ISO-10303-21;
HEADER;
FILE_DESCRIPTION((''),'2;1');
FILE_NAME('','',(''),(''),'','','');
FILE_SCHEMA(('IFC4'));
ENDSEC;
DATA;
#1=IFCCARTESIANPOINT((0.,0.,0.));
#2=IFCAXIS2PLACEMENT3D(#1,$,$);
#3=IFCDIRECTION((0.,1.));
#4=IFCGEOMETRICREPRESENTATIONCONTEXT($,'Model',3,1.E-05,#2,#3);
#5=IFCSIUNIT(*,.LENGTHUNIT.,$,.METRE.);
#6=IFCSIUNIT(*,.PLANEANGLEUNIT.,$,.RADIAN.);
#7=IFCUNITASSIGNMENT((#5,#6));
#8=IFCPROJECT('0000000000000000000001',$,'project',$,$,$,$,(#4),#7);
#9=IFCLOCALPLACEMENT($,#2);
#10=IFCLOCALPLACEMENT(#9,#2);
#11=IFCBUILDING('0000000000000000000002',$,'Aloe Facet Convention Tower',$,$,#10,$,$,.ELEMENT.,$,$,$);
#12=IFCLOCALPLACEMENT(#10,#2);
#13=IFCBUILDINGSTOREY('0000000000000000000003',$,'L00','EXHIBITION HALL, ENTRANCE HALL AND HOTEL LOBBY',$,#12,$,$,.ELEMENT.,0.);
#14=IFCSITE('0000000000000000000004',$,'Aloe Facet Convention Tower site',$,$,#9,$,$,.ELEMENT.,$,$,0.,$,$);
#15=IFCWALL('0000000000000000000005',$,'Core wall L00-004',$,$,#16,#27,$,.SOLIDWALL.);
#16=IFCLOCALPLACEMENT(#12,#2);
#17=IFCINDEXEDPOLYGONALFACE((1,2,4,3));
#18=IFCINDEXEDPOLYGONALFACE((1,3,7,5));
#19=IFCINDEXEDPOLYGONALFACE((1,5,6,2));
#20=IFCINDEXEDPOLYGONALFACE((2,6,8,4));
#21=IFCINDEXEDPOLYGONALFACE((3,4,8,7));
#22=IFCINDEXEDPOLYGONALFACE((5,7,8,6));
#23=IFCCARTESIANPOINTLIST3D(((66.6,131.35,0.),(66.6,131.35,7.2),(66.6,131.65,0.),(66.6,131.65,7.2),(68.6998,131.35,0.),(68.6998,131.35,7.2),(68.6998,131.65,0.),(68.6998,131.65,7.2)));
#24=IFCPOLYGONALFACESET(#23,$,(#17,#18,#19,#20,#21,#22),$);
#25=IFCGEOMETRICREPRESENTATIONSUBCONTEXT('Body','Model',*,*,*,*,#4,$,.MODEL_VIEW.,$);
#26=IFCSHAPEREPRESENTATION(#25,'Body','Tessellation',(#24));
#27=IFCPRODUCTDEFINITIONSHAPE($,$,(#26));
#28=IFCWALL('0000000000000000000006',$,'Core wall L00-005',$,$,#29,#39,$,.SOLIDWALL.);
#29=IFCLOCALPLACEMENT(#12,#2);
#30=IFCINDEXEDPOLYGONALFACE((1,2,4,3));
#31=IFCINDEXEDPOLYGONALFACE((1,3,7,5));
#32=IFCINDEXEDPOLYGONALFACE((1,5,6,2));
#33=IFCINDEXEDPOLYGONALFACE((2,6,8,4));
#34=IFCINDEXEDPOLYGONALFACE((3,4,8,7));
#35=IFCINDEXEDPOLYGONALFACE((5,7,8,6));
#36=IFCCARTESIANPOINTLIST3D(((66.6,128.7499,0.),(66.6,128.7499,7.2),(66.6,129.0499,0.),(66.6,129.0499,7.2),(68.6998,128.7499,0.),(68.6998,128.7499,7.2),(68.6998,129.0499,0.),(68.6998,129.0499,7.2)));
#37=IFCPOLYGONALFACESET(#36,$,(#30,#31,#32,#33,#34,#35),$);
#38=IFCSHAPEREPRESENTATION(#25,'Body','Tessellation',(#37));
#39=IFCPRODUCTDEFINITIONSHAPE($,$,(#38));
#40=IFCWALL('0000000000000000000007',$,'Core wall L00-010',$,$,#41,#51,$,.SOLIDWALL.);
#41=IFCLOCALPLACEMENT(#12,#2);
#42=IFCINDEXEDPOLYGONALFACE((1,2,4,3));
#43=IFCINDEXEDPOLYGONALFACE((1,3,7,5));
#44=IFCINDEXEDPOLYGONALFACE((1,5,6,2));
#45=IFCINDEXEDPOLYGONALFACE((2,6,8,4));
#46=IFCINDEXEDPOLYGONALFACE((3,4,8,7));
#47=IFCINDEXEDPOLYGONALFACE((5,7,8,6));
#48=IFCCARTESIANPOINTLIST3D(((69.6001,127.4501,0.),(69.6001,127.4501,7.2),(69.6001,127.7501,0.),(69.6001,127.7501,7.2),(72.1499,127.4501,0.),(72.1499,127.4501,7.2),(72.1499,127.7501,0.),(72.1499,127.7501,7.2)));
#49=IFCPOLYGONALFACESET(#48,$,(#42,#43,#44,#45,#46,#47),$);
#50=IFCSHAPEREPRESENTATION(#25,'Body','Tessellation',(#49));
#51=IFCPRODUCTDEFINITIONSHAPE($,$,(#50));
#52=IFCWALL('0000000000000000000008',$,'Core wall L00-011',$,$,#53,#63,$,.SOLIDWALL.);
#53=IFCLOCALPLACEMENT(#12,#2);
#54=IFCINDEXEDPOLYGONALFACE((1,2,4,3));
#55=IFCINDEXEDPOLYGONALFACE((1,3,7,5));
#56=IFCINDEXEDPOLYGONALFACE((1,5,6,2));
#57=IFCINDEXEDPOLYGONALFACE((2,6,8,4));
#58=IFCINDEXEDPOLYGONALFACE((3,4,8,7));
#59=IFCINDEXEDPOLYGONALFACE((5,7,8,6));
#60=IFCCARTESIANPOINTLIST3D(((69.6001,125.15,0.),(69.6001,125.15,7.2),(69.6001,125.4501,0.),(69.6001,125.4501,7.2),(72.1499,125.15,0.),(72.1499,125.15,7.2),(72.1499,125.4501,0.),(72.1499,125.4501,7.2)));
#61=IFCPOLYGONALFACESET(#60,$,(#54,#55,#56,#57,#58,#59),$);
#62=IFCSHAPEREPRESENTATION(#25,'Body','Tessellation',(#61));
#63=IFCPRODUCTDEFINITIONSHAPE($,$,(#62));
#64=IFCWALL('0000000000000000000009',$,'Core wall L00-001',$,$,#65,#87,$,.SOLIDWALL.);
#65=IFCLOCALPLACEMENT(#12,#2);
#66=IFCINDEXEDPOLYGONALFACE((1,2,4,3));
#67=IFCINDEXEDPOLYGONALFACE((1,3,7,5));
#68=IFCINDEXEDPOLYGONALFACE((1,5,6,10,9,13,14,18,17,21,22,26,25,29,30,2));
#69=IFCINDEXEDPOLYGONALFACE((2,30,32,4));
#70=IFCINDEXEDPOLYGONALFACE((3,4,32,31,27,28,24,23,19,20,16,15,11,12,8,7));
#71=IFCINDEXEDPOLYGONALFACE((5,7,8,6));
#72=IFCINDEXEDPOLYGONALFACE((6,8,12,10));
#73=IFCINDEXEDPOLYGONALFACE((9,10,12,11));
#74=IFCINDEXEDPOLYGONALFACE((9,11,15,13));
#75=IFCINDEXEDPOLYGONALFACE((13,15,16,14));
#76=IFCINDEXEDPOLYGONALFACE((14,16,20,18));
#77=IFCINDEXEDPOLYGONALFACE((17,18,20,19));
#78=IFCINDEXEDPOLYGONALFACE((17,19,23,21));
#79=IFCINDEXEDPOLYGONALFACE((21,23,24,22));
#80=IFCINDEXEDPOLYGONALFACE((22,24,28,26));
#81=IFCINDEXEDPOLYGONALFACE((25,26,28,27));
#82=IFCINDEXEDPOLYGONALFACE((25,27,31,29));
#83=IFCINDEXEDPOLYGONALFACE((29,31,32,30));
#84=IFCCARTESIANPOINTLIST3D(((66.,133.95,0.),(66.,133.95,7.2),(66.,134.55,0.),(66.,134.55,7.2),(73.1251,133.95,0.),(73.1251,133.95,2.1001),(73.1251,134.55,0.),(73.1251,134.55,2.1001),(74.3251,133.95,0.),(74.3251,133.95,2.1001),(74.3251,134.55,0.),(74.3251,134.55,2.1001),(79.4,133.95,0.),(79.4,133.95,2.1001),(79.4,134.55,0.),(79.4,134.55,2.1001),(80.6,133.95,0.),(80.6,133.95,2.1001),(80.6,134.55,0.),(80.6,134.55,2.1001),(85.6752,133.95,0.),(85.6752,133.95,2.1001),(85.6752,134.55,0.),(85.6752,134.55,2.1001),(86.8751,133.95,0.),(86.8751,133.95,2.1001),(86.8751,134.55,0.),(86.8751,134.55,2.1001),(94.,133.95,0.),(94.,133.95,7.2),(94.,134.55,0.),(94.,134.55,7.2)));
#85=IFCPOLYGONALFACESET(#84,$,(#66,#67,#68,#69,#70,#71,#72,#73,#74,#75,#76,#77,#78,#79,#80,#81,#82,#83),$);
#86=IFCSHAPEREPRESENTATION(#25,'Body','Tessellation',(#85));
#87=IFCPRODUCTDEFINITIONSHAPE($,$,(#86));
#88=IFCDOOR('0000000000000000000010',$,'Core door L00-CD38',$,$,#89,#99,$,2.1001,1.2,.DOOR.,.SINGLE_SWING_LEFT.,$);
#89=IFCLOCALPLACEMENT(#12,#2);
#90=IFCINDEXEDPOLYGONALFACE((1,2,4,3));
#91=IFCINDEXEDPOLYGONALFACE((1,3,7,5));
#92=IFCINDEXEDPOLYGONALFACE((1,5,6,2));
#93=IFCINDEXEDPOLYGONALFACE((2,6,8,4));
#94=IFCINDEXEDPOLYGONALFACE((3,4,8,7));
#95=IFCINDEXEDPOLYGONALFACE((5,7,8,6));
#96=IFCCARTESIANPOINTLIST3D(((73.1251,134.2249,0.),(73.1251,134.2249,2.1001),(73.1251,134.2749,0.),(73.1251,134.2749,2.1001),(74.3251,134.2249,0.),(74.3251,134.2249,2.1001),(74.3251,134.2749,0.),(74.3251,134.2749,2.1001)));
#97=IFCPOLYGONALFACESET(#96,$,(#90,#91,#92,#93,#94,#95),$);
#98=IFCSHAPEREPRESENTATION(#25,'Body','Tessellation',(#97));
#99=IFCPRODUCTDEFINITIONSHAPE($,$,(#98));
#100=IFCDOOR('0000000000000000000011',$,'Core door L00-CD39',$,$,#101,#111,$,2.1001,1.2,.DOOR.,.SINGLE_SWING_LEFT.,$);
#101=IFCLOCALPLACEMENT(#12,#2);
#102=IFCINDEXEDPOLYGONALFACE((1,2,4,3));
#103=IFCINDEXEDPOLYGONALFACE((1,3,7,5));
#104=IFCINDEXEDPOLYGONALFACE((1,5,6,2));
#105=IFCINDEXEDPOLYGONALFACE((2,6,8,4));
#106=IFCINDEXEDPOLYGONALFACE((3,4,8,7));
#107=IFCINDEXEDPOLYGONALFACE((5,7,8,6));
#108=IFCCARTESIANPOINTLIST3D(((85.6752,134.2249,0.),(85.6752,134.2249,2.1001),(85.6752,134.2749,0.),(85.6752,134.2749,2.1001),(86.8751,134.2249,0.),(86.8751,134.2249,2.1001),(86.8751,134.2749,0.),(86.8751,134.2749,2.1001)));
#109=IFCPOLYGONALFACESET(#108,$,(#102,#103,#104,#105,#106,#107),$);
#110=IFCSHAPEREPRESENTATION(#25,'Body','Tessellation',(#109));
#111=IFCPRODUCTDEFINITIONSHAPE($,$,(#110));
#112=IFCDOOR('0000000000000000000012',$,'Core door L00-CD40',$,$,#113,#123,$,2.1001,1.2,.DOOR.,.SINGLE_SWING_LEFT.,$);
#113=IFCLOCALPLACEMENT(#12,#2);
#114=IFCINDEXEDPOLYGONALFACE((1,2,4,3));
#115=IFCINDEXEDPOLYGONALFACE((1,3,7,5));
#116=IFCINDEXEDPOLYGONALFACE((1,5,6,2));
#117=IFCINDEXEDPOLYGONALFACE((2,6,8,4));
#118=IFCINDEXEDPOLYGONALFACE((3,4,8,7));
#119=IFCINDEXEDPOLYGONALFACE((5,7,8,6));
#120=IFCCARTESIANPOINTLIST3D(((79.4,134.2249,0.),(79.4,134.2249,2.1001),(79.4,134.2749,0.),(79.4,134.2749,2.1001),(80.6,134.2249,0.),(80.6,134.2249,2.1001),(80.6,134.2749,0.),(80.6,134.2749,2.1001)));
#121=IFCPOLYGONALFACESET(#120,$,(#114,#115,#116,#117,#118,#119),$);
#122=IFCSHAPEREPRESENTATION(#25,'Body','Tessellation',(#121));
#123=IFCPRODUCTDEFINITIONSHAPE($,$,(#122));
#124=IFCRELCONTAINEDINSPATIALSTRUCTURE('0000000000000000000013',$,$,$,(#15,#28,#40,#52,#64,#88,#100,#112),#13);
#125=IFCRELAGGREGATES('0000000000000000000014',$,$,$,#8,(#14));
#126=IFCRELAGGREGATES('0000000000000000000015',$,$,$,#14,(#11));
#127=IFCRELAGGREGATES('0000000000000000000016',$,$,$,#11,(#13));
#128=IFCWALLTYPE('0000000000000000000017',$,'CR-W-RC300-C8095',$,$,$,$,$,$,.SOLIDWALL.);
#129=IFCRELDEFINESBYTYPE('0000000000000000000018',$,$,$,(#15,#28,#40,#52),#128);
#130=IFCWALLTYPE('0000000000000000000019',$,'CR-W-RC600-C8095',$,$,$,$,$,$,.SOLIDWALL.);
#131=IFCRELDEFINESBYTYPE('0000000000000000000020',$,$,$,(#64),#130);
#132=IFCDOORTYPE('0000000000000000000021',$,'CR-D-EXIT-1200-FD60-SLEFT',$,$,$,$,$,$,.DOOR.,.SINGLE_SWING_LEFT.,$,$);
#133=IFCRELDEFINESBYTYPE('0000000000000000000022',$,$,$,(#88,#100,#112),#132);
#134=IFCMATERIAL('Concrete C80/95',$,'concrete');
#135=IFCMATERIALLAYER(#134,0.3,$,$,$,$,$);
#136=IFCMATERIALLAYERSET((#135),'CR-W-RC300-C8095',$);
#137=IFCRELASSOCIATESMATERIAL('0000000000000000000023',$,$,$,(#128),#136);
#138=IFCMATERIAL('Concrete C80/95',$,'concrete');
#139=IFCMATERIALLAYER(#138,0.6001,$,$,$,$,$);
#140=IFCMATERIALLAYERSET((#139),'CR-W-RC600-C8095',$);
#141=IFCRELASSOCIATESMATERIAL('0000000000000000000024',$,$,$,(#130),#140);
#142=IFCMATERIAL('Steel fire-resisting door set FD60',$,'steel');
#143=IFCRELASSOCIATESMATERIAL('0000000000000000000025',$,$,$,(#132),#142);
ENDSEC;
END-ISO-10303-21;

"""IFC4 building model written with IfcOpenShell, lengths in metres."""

from ifc_helpers import new_model, si_unit, direction, frame, frame_2d, origin, place, context, subcontext, project, spatial, rectangle, extrude, material, layer, layer_set, type_object, element, fill, save


model = new_model("IFC4")

# Units and contexts
model_context = context("Model", 3, precision=1e-05, world=origin(), true_north=direction((0.0, 1.0)))
body_context = subcontext(model_context, "Body", "Model", "MODEL_VIEW")
ifc_project = project(units=[si_unit("LENGTHUNIT", "METRE"), si_unit("PLANEANGLEUNIT", "RADIAN")], contexts=[model_context])

# Site, building, storey
site_placement = place(None, origin())
site = spatial("IfcSite", under=ifc_project, at=site_placement, Name="Aloe Facet Convention Tower site", CompositionType="ELEMENT", RefElevation=0.0)
building_placement = place(site_placement, origin())
building = spatial("IfcBuilding", under=site, at=building_placement, Name="Aloe Facet Convention Tower", CompositionType="ELEMENT")
storey_placement = place(building_placement, origin())
storey = spatial("IfcBuildingStorey", under=building, at=storey_placement, Name="L00", Description="EXHIBITION HALL, ENTRANCE HALL AND HOTEL LOBBY", CompositionType="ELEMENT", Elevation=0.0)

# Walls
ifc_material_1 = material(Name="Concrete C80/95", Category="concrete")
ifc_layer_1 = layer(ifc_material_1, 0.3)
ifc_layer_set_1 = layer_set([ifc_layer_1], Name="CR-W-RC300-C8095")
wall_type_1 = type_object("IfcWallType", Name="CR-W-RC300-C8095", PredefinedType="SOLIDWALL", material=ifc_layer_set_1)
for number, where, z_axis, x_axis, name in (
    (1, (66.6001, 131.5, 0.0), (0.0, 0.0, 1.0), (1.0, 0.0, 0.0), "Core wall L00-004"),
    (2, (66.6001, 128.8999, 0.0), (0.0, 0.0, 1.0), (1.0, 0.0, 0.0), "Core wall L00-005"),
):
    element("IfcWall", number, at=place(storey_placement, frame(where, z_axis=z_axis, x_axis=x_axis)), inside=storey, type_object=wall_type_1, Name=name, PredefinedType="SOLIDWALL", context=body_context, shape_type="SweptSolid", body=[
        extrude(rectangle(XDim=2.0999, YDim=0.3, at=frame_2d((1.0498, 0.0))), origin(), (0.0, 0.0, 1.0), 7.2),
    ])
for number, where, z_axis, x_axis, name in (
    (3, (69.6001, 127.6001, 0.0), (0.0, 0.0, 1.0), (1.0, 0.0, 0.0), "Core wall L00-010"),
    (4, (69.6001, 125.3, 0.0), (0.0, 0.0, 1.0), (1.0, 0.0, 0.0), "Core wall L00-011"),
):
    element("IfcWall", number, at=place(storey_placement, frame(where, z_axis=z_axis, x_axis=x_axis)), inside=storey, type_object=wall_type_1, Name=name, PredefinedType="SOLIDWALL", context=body_context, shape_type="SweptSolid", body=[
        extrude(rectangle(XDim=2.5498, YDim=0.3, at=frame_2d((1.2749, 0.0))), origin(), (0.0, 0.0, 1.0), 7.2),
    ])

# Wall, openings, doors
ifc_material_2 = material(Name="Concrete C80/95", Category="concrete")
ifc_layer_2 = layer(ifc_material_2, 0.6001)
ifc_layer_set_2 = layer_set([ifc_layer_2], Name="CR-W-RC600-C8095")
wall_type_2 = type_object("IfcWallType", Name="CR-W-RC600-C8095", PredefinedType="SOLIDWALL", material=ifc_layer_set_2)
wall_1_placement = place(storey_placement, frame((66.0, 134.25, 0.0), z_axis=(0.0, 0.0, 1.0), x_axis=(1.0, 0.0, 0.0)))
wall_1 = element("IfcWall", 5, at=wall_1_placement, inside=storey, type_object=wall_type_2, Name="Core wall L00-001", PredefinedType="SOLIDWALL", context=body_context, shape_type="SweptSolid", body=[
    extrude(rectangle(XDim=28.0, YDim=0.6001, at=frame_2d((14.0, 0.0))), origin(), (0.0, 0.0, 1.0), 7.2),
])
opening_1_placement = place(wall_1_placement, frame((7.125, 0.0, 0.0)))
opening_1 = element("IfcOpeningElement", 6, at=opening_1_placement, cuts=wall_1, PredefinedType="OPENING", context=body_context, shape_type="SweptSolid", body=[
    extrude(rectangle(XDim=1.2, YDim=2.1001, at=frame_2d((0.6001, 1.05))), frame((0.0, 0.3101, 0.0), z_axis=(0.0, -1.0, 0.0), x_axis=(1.0, 0.0, 0.0)), (0.0, 0.0, 1.0), 0.6201),
])
opening_2_placement = place(wall_1_placement, frame((19.675, 0.0, 0.0)))
opening_2 = element("IfcOpeningElement", 7, at=opening_2_placement, cuts=wall_1, PredefinedType="OPENING", context=body_context, shape_type="SweptSolid", body=[
    extrude(rectangle(XDim=1.2, YDim=2.1001, at=frame_2d((0.6001, 1.05))), frame((0.0, 0.3101, 0.0), z_axis=(0.0, -1.0, 0.0), x_axis=(1.0, 0.0, 0.0)), (0.0, 0.0, 1.0), 0.6201),
])
opening_3_placement = place(wall_1_placement, frame((13.3999, 0.0, 0.0)))
opening_3 = element("IfcOpeningElement", 8, at=opening_3_placement, cuts=wall_1, PredefinedType="OPENING", context=body_context, shape_type="SweptSolid", body=[
    extrude(rectangle(XDim=1.2, YDim=2.1001, at=frame_2d((0.6001, 1.05))), frame((0.0, 0.3101, 0.0), z_axis=(0.0, -1.0, 0.0), x_axis=(1.0, 0.0, 0.0)), (0.0, 0.0, 1.0), 0.6201),
])
ifc_material_3 = material(Name="Steel fire-resisting door set FD60", Category="steel")
door_type_1 = type_object("IfcDoorType", Name="CR-D-EXIT-1200-FD60-SLEFT", OperationType="SINGLE_SWING_LEFT", PredefinedType="DOOR", material=ifc_material_3)
door_1_placement = place(opening_1_placement, origin())
door_1 = element("IfcDoor", 9, at=door_1_placement, inside=storey, type_object=door_type_1, Name="Core door L00-CD38", OperationType="SINGLE_SWING_LEFT", OverallHeight=2.1001, OverallWidth=1.2, PredefinedType="DOOR", context=body_context, shape_type="SweptSolid", body=[
    extrude(rectangle(XDim=1.2, YDim=2.1001, at=frame_2d((0.6001, 1.05))), frame((0.0, 0.0249, 0.0), z_axis=(0.0, -1.0, 0.0), x_axis=(1.0, 0.0, 0.0)), (0.0, 0.0, 1.0), 0.05),
])
fill(opening_1, door_1)
door_2_placement = place(opening_2_placement, origin())
door_2 = element("IfcDoor", 10, at=door_2_placement, inside=storey, type_object=door_type_1, Name="Core door L00-CD39", OperationType="SINGLE_SWING_LEFT", OverallHeight=2.1001, OverallWidth=1.2, PredefinedType="DOOR", context=body_context, shape_type="SweptSolid", body=[
    extrude(rectangle(XDim=1.2, YDim=2.1001, at=frame_2d((0.6001, 1.05))), frame((0.0, 0.0249, 0.0), z_axis=(0.0, -1.0, 0.0), x_axis=(1.0, 0.0, 0.0)), (0.0, 0.0, 1.0), 0.05),
])
fill(opening_2, door_2)
door_3_placement = place(opening_3_placement, origin())
door_3 = element("IfcDoor", 11, at=door_3_placement, inside=storey, type_object=door_type_1, Name="Core door L00-CD40", OperationType="SINGLE_SWING_LEFT", OverallHeight=2.1001, OverallWidth=1.2, PredefinedType="DOOR", context=body_context, shape_type="SweptSolid", body=[
    extrude(rectangle(XDim=1.2, YDim=2.1001, at=frame_2d((0.6001, 1.05))), frame((0.0, 0.0249, 0.0), z_axis=(0.0, -1.0, 0.0), x_axis=(1.0, 0.0, 0.0)), (0.0, 0.0, 1.0), 0.05),
])
fill(opening_3, door_3)

save(model, "model.ifc")
